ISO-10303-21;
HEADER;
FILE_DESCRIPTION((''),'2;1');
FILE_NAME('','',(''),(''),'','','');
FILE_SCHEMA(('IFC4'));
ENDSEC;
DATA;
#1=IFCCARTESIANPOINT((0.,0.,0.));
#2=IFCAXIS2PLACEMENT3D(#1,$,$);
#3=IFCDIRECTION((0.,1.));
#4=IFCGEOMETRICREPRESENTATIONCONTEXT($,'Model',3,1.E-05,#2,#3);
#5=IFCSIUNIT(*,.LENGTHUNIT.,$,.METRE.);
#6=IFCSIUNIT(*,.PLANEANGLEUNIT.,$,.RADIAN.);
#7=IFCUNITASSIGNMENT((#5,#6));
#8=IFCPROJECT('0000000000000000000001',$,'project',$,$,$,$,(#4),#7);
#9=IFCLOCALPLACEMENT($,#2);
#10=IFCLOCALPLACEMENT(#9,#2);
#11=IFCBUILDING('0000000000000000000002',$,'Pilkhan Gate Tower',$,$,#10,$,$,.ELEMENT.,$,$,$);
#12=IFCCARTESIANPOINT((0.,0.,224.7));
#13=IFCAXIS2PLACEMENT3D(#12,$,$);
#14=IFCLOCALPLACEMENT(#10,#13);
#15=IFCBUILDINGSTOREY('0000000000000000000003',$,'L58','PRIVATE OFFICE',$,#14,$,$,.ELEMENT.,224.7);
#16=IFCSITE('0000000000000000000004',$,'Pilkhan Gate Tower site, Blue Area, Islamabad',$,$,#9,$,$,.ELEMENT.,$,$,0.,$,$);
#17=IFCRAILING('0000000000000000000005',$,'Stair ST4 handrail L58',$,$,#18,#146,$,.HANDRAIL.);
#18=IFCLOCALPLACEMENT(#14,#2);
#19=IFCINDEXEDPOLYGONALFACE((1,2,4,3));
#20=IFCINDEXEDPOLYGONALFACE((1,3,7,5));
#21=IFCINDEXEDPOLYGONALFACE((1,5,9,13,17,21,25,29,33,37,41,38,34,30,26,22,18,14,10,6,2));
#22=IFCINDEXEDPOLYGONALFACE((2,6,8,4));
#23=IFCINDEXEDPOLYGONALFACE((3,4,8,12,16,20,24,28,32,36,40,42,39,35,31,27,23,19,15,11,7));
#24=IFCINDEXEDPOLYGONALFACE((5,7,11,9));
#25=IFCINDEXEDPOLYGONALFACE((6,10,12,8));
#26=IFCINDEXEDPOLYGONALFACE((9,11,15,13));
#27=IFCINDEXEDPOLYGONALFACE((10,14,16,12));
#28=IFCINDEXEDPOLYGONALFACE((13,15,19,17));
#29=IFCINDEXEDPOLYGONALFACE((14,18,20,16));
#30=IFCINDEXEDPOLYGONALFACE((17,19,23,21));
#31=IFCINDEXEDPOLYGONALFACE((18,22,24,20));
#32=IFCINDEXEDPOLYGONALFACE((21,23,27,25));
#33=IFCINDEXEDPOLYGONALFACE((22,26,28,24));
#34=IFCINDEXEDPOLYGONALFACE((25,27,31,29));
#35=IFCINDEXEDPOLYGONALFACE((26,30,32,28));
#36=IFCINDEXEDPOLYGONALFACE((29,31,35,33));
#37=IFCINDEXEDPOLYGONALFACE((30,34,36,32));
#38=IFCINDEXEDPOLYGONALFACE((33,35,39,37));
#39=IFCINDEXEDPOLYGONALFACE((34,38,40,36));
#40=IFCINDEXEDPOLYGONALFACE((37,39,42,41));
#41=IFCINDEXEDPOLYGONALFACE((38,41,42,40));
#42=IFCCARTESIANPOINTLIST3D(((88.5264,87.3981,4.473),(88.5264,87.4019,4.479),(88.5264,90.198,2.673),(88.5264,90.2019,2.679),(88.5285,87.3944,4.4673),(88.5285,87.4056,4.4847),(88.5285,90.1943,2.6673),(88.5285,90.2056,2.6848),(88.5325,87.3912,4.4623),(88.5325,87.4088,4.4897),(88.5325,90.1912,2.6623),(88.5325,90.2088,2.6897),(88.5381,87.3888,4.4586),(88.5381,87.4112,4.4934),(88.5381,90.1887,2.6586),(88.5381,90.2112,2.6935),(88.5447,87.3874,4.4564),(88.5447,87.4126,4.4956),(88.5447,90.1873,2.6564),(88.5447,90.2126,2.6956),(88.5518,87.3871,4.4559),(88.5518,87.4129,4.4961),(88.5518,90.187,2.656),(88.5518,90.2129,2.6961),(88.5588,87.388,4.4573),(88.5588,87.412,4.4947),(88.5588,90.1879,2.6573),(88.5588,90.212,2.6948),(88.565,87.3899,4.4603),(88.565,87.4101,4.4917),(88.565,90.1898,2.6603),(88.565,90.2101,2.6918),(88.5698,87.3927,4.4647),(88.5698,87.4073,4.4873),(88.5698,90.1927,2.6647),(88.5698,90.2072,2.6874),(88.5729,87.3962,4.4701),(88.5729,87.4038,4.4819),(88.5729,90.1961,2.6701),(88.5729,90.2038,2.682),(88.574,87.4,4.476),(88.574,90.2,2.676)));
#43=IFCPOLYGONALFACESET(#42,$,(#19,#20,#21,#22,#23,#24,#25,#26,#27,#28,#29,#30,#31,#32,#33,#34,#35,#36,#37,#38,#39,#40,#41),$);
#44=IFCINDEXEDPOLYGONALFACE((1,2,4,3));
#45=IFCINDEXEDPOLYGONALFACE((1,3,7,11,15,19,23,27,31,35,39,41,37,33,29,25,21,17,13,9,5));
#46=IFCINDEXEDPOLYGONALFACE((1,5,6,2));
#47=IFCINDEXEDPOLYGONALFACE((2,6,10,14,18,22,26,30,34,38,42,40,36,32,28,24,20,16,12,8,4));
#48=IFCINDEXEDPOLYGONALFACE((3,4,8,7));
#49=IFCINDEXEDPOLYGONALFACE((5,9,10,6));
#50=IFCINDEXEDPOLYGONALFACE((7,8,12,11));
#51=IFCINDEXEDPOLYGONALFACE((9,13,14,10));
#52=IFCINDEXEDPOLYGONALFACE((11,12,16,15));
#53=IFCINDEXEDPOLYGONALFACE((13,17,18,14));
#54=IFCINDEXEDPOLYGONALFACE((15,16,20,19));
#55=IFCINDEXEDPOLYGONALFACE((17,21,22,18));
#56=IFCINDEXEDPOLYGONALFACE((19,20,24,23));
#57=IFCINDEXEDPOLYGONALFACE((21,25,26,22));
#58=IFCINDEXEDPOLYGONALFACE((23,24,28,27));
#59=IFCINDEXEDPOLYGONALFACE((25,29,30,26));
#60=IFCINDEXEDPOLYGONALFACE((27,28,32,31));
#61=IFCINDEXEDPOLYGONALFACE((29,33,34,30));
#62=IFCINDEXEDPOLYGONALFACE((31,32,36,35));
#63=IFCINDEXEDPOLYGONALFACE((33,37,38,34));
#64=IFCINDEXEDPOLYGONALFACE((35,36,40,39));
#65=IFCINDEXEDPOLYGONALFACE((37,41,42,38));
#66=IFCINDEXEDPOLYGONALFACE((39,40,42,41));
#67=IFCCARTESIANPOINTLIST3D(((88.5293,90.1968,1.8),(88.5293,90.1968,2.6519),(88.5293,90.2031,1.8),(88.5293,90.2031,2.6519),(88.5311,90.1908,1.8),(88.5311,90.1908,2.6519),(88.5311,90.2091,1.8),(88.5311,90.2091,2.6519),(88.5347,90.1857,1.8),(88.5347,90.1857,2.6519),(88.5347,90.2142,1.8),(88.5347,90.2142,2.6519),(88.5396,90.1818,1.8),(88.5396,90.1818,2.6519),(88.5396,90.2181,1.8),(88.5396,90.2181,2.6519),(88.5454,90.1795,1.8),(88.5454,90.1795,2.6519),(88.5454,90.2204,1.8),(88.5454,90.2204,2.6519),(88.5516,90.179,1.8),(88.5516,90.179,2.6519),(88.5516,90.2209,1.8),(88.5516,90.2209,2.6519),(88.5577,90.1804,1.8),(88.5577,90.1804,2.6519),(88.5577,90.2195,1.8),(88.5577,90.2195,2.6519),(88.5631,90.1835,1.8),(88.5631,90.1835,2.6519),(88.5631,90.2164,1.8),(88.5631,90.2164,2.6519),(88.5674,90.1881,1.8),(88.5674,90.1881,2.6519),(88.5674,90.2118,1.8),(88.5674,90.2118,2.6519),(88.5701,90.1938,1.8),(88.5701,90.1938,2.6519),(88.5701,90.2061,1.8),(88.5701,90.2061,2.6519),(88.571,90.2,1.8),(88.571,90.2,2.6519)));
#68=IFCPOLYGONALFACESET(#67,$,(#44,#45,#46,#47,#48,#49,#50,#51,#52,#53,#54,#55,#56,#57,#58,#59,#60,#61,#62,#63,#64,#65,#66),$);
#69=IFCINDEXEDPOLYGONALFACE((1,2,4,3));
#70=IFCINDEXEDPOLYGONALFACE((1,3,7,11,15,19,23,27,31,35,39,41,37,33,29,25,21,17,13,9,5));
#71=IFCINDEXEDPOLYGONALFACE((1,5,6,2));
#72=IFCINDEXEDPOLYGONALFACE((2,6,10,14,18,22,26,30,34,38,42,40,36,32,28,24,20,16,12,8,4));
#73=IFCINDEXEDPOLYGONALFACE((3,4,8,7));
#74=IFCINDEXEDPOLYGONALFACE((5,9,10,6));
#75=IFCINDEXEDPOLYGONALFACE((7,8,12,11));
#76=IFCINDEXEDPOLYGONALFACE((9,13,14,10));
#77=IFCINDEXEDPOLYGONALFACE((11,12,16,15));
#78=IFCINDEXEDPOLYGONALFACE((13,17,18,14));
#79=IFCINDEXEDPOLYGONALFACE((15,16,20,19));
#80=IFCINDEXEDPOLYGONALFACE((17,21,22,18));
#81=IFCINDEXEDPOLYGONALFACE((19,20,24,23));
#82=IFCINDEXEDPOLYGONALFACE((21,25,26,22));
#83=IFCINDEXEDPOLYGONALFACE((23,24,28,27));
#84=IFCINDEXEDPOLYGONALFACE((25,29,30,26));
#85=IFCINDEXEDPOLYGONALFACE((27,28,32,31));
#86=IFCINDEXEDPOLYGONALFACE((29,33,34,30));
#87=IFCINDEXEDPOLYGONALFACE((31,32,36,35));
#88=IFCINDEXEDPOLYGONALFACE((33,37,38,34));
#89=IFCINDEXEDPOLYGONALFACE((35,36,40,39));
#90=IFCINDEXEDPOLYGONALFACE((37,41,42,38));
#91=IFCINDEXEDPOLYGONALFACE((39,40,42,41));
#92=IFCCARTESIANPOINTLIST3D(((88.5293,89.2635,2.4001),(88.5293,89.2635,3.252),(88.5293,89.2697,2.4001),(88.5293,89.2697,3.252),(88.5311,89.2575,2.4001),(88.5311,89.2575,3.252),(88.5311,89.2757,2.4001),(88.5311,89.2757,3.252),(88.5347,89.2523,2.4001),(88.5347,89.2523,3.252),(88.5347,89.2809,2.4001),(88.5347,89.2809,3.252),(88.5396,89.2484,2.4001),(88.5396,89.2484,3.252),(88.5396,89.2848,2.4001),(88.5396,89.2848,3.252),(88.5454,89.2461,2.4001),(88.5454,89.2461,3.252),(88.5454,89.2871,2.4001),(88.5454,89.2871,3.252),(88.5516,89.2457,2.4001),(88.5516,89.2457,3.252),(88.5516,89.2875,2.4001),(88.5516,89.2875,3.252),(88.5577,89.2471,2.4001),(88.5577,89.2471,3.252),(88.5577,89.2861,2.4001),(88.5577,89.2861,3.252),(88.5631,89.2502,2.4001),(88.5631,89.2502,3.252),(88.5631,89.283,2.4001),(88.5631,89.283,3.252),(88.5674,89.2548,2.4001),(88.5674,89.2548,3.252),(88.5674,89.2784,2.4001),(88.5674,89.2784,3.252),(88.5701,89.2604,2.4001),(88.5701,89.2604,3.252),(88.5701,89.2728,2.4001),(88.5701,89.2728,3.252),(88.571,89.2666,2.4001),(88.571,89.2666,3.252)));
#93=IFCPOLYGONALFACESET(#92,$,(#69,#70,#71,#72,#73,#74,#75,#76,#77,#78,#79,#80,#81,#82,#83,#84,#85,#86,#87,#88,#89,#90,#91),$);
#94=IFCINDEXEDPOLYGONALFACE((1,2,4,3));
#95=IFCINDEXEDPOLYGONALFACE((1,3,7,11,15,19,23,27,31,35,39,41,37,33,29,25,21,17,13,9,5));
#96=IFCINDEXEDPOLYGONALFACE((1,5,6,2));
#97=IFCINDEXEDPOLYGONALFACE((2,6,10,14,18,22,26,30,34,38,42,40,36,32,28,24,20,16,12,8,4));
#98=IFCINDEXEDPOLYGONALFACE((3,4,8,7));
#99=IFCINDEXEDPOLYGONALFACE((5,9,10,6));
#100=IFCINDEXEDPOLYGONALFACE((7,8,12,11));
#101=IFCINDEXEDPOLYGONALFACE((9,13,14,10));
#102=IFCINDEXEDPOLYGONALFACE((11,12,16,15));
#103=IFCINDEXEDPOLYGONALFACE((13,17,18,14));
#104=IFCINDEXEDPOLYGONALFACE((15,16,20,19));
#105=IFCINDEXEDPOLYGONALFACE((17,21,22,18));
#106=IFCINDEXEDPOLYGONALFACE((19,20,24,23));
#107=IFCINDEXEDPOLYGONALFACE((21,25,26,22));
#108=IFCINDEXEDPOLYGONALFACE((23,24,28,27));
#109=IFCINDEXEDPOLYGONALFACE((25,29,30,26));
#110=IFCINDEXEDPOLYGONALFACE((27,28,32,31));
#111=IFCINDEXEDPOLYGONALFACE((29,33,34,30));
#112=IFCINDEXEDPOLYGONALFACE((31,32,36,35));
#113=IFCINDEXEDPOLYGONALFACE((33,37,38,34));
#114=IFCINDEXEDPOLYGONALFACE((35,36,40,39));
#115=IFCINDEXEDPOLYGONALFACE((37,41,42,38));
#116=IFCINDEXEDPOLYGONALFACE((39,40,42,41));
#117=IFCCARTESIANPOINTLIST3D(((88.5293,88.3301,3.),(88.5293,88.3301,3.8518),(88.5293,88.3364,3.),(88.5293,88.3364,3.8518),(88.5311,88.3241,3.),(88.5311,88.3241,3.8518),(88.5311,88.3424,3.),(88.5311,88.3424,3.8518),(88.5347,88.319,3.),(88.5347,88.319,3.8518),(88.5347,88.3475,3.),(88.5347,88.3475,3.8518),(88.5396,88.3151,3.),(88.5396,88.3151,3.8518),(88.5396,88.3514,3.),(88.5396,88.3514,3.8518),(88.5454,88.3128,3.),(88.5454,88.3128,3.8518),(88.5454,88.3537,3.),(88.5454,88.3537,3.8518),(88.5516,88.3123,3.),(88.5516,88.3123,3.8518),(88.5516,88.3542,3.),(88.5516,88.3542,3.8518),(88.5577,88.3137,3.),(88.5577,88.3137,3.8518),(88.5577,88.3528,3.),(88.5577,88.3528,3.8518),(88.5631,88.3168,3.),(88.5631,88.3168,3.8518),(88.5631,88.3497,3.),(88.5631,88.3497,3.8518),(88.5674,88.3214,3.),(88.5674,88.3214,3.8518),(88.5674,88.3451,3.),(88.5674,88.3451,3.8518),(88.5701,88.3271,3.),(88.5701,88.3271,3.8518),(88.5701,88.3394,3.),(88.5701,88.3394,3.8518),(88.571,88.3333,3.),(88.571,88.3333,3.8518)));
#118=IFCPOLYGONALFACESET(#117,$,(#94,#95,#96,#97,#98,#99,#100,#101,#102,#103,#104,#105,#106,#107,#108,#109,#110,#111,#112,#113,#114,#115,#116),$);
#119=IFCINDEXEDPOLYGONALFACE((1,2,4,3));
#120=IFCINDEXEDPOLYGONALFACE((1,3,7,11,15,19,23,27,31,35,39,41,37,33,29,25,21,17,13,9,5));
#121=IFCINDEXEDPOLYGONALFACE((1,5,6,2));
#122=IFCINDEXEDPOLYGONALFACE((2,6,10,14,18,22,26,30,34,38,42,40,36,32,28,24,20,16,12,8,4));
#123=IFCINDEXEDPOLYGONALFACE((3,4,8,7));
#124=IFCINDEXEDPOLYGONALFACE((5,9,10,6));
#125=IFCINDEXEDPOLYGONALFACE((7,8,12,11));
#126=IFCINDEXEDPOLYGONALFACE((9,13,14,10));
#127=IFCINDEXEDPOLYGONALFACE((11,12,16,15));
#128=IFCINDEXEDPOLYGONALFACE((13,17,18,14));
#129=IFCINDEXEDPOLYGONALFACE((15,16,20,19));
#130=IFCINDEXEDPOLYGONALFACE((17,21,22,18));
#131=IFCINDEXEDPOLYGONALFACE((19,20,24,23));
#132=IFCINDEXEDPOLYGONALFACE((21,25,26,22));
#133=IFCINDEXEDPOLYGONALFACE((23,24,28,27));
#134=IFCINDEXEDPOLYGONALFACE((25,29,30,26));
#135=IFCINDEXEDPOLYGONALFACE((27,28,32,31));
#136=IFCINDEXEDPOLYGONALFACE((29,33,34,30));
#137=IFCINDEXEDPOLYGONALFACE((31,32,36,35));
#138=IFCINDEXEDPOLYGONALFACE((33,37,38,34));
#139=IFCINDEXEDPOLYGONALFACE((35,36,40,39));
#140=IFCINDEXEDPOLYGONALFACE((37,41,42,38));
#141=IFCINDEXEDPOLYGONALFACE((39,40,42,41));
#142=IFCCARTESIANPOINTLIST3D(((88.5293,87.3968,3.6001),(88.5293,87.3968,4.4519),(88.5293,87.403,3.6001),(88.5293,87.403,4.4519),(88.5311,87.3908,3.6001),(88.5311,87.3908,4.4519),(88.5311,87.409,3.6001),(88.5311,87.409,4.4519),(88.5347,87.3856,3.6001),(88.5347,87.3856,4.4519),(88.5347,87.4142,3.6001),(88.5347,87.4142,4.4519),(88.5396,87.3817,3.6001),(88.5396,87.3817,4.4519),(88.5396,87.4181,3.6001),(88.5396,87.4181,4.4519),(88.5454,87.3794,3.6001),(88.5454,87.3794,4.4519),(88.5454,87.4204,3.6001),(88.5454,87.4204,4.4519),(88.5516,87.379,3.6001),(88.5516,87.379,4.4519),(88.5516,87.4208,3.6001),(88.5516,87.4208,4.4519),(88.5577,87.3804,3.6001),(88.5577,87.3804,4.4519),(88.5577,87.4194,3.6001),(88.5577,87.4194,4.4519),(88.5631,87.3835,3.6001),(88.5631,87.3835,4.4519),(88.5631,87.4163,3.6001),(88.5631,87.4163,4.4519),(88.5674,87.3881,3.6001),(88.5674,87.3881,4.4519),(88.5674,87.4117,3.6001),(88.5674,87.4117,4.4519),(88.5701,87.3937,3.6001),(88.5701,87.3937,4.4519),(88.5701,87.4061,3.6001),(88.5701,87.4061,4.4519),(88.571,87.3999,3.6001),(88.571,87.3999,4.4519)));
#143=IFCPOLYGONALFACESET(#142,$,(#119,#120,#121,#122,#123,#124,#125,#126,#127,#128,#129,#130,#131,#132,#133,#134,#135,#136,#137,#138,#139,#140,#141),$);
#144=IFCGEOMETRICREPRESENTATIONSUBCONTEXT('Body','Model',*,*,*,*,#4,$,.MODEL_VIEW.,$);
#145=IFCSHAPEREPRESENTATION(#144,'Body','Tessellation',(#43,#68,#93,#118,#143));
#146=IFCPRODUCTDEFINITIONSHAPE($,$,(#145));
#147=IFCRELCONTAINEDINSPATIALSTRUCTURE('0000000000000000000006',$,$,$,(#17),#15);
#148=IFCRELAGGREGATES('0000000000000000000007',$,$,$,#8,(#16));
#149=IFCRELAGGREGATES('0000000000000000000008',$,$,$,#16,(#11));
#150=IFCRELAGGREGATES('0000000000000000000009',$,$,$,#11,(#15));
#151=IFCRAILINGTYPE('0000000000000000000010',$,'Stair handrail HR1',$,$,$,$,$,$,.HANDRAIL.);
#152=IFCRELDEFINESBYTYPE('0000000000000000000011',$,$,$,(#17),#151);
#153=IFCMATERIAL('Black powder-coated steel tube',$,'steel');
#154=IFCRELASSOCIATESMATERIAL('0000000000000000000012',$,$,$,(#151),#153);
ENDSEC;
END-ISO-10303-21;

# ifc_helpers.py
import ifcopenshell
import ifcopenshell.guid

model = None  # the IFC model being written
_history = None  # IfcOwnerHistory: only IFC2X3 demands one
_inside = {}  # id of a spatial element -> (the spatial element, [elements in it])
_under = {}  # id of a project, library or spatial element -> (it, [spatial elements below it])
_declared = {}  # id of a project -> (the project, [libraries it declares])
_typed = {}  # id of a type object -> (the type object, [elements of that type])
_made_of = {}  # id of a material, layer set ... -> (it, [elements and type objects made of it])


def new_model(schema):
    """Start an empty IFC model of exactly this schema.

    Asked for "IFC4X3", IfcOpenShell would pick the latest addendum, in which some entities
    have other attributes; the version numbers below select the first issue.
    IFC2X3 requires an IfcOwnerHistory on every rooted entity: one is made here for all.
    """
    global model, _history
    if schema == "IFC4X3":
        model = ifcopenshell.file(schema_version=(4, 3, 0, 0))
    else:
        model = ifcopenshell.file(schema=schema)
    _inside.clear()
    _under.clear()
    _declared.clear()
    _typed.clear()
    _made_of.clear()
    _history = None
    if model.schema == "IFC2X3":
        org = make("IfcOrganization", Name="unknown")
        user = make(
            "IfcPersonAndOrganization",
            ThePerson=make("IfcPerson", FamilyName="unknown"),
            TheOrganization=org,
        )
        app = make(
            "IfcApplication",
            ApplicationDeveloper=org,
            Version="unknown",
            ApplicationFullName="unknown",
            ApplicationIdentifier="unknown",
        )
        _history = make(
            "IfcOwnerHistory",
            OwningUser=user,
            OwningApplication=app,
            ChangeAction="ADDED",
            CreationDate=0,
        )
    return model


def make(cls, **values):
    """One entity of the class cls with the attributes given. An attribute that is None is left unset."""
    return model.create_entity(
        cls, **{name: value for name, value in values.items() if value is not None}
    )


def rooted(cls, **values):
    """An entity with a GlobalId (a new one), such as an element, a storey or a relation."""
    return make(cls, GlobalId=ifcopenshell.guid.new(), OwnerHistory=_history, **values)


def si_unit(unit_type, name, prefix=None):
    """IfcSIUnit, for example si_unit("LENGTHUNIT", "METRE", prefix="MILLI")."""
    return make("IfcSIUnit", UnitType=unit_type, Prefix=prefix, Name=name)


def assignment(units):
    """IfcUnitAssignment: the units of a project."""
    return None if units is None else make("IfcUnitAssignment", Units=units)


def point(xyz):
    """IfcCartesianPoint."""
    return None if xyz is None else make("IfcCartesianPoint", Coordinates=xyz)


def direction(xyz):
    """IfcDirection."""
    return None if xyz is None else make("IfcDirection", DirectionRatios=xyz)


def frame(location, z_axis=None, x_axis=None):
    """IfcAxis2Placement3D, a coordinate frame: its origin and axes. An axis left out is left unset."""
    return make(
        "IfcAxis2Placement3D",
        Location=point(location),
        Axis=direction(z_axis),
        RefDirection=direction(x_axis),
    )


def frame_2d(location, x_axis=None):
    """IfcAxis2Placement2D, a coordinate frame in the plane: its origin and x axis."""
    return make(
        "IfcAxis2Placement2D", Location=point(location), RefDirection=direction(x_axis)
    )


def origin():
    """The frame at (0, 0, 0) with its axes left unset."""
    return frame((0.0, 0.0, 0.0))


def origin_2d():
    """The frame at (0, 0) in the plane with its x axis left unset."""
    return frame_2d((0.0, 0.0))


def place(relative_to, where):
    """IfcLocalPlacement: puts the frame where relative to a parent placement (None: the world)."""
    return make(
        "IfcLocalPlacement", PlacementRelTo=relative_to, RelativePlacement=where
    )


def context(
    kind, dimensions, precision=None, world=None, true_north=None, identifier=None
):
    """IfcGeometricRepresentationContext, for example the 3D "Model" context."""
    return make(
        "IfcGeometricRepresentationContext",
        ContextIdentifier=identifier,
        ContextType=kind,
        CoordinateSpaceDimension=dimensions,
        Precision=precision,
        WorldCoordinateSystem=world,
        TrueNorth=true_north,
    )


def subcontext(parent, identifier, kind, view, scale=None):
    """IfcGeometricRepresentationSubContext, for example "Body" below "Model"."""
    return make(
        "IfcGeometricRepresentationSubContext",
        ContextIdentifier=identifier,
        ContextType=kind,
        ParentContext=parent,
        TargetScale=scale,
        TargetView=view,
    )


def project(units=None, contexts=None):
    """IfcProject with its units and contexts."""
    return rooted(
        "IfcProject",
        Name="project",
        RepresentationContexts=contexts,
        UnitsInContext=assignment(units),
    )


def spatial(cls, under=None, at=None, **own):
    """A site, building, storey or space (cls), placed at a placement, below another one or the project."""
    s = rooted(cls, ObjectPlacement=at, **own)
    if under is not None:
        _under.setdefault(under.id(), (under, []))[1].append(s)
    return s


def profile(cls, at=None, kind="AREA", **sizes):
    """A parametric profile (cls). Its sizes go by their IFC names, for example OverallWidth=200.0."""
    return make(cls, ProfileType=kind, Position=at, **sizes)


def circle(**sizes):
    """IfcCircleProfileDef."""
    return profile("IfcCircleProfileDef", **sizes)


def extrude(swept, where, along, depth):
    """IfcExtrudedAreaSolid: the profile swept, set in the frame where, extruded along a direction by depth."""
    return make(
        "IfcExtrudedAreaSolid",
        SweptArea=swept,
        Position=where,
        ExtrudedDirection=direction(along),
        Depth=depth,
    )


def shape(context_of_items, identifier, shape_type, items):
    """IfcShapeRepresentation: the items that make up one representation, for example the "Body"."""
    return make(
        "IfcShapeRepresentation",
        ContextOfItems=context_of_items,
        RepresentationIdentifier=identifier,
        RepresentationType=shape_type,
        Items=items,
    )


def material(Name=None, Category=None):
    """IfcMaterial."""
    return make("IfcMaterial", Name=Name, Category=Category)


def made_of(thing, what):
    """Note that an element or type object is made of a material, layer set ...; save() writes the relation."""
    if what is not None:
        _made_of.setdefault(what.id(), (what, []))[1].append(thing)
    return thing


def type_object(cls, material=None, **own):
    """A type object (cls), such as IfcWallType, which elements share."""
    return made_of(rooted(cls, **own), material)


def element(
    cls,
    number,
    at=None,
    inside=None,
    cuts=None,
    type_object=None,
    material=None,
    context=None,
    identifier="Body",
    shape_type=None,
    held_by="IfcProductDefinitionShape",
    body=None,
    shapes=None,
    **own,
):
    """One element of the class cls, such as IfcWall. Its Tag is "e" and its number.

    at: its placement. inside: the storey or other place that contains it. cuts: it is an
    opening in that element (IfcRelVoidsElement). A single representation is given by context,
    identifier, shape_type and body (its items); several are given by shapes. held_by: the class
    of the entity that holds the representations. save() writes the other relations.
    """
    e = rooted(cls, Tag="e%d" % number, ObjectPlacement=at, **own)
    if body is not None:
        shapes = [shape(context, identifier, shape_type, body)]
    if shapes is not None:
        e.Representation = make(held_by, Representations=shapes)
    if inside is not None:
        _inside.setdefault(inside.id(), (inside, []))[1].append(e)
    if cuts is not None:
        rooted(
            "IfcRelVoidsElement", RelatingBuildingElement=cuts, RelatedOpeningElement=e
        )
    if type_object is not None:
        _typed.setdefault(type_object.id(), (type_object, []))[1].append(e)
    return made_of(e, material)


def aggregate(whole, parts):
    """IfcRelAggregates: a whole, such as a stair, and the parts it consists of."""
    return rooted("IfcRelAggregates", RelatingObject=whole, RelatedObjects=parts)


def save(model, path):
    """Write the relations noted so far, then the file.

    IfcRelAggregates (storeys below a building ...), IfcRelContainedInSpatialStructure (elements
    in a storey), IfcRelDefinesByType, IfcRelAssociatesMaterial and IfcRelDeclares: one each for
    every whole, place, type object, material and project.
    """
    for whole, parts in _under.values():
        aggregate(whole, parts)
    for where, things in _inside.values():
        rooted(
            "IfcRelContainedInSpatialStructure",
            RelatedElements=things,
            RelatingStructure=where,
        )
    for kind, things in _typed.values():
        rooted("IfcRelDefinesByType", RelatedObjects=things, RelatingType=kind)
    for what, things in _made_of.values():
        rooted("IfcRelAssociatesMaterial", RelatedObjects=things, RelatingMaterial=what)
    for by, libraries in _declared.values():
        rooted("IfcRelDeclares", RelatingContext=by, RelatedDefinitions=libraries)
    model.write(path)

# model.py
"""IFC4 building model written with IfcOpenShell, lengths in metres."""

from ifc_helpers import new_model, si_unit, direction, frame, origin, origin_2d, place, context, subcontext, project, spatial, circle, extrude, material, type_object, element, save


model = new_model("IFC4")

# Units and contexts
model_context = context("Model", 3, precision=1e-05, world=origin(), true_north=direction((0.0, 1.0)))
body_context = subcontext(model_context, "Body", "Model", "MODEL_VIEW")
ifc_project = project(units=[si_unit("LENGTHUNIT", "METRE"), si_unit("PLANEANGLEUNIT", "RADIAN")], contexts=[model_context])

# Site, building, storey
site_placement = place(None, origin())
site = spatial("IfcSite", under=ifc_project, at=site_placement, Name="Pilkhan Gate Tower site, Blue Area, Islamabad", CompositionType="ELEMENT", RefElevation=0.0)
building_placement = place(site_placement, origin())
building = spatial("IfcBuilding", under=site, at=building_placement, Name="Pilkhan Gate Tower", CompositionType="ELEMENT")
storey_placement = place(building_placement, frame((0.0, 0.0, 224.7)))
storey = spatial("IfcBuildingStorey", under=building, at=storey_placement, Name="L58", Description="PRIVATE OFFICE", CompositionType="ELEMENT", Elevation=224.7)

# Railing
ifc_material_1 = material(Name="Black powder-coated steel tube", Category="steel")
railing_type_1 = type_object("IfcRailingType", Name="Stair handrail HR1", PredefinedType="HANDRAIL", material=ifc_material_1)
railing_1_placement = place(storey_placement, frame((88.55, 90.2, 1.8)))
element("IfcRailing", 1, at=railing_1_placement, inside=storey, type_object=railing_type_1, Name="Stair ST4 handrail L58", PredefinedType="HANDRAIL", context=body_context, shape_type="SweptSolid", body=[
    extrude(circle(Radius=0.0239, at=origin_2d()), frame((0.0, 0.0, 0.876), z_axis=(0.0, -0.841176, 0.540761), x_axis=(1.0, 0.0, 0.0)), (0.0, 0.0, 1.0), 3.3286),
    extrude(circle(Radius=0.021, at=origin_2d()), origin(), (0.0, 0.0, 1.0), 0.8518),
    extrude(circle(Radius=0.021, at=origin_2d()), frame((0.0, -0.9333, 0.6001)), (0.0, 0.0, 1.0), 0.8518),
    extrude(circle(Radius=0.021, at=origin_2d()), frame((0.0, -1.8667, 1.2)), (0.0, 0.0, 1.0), 0.8518),
    extrude(circle(Radius=0.021, at=origin_2d()), frame((0.0, -2.8, 1.8)), (0.0, 0.0, 1.0), 0.8518),
])

save(model, "model.ifc")
